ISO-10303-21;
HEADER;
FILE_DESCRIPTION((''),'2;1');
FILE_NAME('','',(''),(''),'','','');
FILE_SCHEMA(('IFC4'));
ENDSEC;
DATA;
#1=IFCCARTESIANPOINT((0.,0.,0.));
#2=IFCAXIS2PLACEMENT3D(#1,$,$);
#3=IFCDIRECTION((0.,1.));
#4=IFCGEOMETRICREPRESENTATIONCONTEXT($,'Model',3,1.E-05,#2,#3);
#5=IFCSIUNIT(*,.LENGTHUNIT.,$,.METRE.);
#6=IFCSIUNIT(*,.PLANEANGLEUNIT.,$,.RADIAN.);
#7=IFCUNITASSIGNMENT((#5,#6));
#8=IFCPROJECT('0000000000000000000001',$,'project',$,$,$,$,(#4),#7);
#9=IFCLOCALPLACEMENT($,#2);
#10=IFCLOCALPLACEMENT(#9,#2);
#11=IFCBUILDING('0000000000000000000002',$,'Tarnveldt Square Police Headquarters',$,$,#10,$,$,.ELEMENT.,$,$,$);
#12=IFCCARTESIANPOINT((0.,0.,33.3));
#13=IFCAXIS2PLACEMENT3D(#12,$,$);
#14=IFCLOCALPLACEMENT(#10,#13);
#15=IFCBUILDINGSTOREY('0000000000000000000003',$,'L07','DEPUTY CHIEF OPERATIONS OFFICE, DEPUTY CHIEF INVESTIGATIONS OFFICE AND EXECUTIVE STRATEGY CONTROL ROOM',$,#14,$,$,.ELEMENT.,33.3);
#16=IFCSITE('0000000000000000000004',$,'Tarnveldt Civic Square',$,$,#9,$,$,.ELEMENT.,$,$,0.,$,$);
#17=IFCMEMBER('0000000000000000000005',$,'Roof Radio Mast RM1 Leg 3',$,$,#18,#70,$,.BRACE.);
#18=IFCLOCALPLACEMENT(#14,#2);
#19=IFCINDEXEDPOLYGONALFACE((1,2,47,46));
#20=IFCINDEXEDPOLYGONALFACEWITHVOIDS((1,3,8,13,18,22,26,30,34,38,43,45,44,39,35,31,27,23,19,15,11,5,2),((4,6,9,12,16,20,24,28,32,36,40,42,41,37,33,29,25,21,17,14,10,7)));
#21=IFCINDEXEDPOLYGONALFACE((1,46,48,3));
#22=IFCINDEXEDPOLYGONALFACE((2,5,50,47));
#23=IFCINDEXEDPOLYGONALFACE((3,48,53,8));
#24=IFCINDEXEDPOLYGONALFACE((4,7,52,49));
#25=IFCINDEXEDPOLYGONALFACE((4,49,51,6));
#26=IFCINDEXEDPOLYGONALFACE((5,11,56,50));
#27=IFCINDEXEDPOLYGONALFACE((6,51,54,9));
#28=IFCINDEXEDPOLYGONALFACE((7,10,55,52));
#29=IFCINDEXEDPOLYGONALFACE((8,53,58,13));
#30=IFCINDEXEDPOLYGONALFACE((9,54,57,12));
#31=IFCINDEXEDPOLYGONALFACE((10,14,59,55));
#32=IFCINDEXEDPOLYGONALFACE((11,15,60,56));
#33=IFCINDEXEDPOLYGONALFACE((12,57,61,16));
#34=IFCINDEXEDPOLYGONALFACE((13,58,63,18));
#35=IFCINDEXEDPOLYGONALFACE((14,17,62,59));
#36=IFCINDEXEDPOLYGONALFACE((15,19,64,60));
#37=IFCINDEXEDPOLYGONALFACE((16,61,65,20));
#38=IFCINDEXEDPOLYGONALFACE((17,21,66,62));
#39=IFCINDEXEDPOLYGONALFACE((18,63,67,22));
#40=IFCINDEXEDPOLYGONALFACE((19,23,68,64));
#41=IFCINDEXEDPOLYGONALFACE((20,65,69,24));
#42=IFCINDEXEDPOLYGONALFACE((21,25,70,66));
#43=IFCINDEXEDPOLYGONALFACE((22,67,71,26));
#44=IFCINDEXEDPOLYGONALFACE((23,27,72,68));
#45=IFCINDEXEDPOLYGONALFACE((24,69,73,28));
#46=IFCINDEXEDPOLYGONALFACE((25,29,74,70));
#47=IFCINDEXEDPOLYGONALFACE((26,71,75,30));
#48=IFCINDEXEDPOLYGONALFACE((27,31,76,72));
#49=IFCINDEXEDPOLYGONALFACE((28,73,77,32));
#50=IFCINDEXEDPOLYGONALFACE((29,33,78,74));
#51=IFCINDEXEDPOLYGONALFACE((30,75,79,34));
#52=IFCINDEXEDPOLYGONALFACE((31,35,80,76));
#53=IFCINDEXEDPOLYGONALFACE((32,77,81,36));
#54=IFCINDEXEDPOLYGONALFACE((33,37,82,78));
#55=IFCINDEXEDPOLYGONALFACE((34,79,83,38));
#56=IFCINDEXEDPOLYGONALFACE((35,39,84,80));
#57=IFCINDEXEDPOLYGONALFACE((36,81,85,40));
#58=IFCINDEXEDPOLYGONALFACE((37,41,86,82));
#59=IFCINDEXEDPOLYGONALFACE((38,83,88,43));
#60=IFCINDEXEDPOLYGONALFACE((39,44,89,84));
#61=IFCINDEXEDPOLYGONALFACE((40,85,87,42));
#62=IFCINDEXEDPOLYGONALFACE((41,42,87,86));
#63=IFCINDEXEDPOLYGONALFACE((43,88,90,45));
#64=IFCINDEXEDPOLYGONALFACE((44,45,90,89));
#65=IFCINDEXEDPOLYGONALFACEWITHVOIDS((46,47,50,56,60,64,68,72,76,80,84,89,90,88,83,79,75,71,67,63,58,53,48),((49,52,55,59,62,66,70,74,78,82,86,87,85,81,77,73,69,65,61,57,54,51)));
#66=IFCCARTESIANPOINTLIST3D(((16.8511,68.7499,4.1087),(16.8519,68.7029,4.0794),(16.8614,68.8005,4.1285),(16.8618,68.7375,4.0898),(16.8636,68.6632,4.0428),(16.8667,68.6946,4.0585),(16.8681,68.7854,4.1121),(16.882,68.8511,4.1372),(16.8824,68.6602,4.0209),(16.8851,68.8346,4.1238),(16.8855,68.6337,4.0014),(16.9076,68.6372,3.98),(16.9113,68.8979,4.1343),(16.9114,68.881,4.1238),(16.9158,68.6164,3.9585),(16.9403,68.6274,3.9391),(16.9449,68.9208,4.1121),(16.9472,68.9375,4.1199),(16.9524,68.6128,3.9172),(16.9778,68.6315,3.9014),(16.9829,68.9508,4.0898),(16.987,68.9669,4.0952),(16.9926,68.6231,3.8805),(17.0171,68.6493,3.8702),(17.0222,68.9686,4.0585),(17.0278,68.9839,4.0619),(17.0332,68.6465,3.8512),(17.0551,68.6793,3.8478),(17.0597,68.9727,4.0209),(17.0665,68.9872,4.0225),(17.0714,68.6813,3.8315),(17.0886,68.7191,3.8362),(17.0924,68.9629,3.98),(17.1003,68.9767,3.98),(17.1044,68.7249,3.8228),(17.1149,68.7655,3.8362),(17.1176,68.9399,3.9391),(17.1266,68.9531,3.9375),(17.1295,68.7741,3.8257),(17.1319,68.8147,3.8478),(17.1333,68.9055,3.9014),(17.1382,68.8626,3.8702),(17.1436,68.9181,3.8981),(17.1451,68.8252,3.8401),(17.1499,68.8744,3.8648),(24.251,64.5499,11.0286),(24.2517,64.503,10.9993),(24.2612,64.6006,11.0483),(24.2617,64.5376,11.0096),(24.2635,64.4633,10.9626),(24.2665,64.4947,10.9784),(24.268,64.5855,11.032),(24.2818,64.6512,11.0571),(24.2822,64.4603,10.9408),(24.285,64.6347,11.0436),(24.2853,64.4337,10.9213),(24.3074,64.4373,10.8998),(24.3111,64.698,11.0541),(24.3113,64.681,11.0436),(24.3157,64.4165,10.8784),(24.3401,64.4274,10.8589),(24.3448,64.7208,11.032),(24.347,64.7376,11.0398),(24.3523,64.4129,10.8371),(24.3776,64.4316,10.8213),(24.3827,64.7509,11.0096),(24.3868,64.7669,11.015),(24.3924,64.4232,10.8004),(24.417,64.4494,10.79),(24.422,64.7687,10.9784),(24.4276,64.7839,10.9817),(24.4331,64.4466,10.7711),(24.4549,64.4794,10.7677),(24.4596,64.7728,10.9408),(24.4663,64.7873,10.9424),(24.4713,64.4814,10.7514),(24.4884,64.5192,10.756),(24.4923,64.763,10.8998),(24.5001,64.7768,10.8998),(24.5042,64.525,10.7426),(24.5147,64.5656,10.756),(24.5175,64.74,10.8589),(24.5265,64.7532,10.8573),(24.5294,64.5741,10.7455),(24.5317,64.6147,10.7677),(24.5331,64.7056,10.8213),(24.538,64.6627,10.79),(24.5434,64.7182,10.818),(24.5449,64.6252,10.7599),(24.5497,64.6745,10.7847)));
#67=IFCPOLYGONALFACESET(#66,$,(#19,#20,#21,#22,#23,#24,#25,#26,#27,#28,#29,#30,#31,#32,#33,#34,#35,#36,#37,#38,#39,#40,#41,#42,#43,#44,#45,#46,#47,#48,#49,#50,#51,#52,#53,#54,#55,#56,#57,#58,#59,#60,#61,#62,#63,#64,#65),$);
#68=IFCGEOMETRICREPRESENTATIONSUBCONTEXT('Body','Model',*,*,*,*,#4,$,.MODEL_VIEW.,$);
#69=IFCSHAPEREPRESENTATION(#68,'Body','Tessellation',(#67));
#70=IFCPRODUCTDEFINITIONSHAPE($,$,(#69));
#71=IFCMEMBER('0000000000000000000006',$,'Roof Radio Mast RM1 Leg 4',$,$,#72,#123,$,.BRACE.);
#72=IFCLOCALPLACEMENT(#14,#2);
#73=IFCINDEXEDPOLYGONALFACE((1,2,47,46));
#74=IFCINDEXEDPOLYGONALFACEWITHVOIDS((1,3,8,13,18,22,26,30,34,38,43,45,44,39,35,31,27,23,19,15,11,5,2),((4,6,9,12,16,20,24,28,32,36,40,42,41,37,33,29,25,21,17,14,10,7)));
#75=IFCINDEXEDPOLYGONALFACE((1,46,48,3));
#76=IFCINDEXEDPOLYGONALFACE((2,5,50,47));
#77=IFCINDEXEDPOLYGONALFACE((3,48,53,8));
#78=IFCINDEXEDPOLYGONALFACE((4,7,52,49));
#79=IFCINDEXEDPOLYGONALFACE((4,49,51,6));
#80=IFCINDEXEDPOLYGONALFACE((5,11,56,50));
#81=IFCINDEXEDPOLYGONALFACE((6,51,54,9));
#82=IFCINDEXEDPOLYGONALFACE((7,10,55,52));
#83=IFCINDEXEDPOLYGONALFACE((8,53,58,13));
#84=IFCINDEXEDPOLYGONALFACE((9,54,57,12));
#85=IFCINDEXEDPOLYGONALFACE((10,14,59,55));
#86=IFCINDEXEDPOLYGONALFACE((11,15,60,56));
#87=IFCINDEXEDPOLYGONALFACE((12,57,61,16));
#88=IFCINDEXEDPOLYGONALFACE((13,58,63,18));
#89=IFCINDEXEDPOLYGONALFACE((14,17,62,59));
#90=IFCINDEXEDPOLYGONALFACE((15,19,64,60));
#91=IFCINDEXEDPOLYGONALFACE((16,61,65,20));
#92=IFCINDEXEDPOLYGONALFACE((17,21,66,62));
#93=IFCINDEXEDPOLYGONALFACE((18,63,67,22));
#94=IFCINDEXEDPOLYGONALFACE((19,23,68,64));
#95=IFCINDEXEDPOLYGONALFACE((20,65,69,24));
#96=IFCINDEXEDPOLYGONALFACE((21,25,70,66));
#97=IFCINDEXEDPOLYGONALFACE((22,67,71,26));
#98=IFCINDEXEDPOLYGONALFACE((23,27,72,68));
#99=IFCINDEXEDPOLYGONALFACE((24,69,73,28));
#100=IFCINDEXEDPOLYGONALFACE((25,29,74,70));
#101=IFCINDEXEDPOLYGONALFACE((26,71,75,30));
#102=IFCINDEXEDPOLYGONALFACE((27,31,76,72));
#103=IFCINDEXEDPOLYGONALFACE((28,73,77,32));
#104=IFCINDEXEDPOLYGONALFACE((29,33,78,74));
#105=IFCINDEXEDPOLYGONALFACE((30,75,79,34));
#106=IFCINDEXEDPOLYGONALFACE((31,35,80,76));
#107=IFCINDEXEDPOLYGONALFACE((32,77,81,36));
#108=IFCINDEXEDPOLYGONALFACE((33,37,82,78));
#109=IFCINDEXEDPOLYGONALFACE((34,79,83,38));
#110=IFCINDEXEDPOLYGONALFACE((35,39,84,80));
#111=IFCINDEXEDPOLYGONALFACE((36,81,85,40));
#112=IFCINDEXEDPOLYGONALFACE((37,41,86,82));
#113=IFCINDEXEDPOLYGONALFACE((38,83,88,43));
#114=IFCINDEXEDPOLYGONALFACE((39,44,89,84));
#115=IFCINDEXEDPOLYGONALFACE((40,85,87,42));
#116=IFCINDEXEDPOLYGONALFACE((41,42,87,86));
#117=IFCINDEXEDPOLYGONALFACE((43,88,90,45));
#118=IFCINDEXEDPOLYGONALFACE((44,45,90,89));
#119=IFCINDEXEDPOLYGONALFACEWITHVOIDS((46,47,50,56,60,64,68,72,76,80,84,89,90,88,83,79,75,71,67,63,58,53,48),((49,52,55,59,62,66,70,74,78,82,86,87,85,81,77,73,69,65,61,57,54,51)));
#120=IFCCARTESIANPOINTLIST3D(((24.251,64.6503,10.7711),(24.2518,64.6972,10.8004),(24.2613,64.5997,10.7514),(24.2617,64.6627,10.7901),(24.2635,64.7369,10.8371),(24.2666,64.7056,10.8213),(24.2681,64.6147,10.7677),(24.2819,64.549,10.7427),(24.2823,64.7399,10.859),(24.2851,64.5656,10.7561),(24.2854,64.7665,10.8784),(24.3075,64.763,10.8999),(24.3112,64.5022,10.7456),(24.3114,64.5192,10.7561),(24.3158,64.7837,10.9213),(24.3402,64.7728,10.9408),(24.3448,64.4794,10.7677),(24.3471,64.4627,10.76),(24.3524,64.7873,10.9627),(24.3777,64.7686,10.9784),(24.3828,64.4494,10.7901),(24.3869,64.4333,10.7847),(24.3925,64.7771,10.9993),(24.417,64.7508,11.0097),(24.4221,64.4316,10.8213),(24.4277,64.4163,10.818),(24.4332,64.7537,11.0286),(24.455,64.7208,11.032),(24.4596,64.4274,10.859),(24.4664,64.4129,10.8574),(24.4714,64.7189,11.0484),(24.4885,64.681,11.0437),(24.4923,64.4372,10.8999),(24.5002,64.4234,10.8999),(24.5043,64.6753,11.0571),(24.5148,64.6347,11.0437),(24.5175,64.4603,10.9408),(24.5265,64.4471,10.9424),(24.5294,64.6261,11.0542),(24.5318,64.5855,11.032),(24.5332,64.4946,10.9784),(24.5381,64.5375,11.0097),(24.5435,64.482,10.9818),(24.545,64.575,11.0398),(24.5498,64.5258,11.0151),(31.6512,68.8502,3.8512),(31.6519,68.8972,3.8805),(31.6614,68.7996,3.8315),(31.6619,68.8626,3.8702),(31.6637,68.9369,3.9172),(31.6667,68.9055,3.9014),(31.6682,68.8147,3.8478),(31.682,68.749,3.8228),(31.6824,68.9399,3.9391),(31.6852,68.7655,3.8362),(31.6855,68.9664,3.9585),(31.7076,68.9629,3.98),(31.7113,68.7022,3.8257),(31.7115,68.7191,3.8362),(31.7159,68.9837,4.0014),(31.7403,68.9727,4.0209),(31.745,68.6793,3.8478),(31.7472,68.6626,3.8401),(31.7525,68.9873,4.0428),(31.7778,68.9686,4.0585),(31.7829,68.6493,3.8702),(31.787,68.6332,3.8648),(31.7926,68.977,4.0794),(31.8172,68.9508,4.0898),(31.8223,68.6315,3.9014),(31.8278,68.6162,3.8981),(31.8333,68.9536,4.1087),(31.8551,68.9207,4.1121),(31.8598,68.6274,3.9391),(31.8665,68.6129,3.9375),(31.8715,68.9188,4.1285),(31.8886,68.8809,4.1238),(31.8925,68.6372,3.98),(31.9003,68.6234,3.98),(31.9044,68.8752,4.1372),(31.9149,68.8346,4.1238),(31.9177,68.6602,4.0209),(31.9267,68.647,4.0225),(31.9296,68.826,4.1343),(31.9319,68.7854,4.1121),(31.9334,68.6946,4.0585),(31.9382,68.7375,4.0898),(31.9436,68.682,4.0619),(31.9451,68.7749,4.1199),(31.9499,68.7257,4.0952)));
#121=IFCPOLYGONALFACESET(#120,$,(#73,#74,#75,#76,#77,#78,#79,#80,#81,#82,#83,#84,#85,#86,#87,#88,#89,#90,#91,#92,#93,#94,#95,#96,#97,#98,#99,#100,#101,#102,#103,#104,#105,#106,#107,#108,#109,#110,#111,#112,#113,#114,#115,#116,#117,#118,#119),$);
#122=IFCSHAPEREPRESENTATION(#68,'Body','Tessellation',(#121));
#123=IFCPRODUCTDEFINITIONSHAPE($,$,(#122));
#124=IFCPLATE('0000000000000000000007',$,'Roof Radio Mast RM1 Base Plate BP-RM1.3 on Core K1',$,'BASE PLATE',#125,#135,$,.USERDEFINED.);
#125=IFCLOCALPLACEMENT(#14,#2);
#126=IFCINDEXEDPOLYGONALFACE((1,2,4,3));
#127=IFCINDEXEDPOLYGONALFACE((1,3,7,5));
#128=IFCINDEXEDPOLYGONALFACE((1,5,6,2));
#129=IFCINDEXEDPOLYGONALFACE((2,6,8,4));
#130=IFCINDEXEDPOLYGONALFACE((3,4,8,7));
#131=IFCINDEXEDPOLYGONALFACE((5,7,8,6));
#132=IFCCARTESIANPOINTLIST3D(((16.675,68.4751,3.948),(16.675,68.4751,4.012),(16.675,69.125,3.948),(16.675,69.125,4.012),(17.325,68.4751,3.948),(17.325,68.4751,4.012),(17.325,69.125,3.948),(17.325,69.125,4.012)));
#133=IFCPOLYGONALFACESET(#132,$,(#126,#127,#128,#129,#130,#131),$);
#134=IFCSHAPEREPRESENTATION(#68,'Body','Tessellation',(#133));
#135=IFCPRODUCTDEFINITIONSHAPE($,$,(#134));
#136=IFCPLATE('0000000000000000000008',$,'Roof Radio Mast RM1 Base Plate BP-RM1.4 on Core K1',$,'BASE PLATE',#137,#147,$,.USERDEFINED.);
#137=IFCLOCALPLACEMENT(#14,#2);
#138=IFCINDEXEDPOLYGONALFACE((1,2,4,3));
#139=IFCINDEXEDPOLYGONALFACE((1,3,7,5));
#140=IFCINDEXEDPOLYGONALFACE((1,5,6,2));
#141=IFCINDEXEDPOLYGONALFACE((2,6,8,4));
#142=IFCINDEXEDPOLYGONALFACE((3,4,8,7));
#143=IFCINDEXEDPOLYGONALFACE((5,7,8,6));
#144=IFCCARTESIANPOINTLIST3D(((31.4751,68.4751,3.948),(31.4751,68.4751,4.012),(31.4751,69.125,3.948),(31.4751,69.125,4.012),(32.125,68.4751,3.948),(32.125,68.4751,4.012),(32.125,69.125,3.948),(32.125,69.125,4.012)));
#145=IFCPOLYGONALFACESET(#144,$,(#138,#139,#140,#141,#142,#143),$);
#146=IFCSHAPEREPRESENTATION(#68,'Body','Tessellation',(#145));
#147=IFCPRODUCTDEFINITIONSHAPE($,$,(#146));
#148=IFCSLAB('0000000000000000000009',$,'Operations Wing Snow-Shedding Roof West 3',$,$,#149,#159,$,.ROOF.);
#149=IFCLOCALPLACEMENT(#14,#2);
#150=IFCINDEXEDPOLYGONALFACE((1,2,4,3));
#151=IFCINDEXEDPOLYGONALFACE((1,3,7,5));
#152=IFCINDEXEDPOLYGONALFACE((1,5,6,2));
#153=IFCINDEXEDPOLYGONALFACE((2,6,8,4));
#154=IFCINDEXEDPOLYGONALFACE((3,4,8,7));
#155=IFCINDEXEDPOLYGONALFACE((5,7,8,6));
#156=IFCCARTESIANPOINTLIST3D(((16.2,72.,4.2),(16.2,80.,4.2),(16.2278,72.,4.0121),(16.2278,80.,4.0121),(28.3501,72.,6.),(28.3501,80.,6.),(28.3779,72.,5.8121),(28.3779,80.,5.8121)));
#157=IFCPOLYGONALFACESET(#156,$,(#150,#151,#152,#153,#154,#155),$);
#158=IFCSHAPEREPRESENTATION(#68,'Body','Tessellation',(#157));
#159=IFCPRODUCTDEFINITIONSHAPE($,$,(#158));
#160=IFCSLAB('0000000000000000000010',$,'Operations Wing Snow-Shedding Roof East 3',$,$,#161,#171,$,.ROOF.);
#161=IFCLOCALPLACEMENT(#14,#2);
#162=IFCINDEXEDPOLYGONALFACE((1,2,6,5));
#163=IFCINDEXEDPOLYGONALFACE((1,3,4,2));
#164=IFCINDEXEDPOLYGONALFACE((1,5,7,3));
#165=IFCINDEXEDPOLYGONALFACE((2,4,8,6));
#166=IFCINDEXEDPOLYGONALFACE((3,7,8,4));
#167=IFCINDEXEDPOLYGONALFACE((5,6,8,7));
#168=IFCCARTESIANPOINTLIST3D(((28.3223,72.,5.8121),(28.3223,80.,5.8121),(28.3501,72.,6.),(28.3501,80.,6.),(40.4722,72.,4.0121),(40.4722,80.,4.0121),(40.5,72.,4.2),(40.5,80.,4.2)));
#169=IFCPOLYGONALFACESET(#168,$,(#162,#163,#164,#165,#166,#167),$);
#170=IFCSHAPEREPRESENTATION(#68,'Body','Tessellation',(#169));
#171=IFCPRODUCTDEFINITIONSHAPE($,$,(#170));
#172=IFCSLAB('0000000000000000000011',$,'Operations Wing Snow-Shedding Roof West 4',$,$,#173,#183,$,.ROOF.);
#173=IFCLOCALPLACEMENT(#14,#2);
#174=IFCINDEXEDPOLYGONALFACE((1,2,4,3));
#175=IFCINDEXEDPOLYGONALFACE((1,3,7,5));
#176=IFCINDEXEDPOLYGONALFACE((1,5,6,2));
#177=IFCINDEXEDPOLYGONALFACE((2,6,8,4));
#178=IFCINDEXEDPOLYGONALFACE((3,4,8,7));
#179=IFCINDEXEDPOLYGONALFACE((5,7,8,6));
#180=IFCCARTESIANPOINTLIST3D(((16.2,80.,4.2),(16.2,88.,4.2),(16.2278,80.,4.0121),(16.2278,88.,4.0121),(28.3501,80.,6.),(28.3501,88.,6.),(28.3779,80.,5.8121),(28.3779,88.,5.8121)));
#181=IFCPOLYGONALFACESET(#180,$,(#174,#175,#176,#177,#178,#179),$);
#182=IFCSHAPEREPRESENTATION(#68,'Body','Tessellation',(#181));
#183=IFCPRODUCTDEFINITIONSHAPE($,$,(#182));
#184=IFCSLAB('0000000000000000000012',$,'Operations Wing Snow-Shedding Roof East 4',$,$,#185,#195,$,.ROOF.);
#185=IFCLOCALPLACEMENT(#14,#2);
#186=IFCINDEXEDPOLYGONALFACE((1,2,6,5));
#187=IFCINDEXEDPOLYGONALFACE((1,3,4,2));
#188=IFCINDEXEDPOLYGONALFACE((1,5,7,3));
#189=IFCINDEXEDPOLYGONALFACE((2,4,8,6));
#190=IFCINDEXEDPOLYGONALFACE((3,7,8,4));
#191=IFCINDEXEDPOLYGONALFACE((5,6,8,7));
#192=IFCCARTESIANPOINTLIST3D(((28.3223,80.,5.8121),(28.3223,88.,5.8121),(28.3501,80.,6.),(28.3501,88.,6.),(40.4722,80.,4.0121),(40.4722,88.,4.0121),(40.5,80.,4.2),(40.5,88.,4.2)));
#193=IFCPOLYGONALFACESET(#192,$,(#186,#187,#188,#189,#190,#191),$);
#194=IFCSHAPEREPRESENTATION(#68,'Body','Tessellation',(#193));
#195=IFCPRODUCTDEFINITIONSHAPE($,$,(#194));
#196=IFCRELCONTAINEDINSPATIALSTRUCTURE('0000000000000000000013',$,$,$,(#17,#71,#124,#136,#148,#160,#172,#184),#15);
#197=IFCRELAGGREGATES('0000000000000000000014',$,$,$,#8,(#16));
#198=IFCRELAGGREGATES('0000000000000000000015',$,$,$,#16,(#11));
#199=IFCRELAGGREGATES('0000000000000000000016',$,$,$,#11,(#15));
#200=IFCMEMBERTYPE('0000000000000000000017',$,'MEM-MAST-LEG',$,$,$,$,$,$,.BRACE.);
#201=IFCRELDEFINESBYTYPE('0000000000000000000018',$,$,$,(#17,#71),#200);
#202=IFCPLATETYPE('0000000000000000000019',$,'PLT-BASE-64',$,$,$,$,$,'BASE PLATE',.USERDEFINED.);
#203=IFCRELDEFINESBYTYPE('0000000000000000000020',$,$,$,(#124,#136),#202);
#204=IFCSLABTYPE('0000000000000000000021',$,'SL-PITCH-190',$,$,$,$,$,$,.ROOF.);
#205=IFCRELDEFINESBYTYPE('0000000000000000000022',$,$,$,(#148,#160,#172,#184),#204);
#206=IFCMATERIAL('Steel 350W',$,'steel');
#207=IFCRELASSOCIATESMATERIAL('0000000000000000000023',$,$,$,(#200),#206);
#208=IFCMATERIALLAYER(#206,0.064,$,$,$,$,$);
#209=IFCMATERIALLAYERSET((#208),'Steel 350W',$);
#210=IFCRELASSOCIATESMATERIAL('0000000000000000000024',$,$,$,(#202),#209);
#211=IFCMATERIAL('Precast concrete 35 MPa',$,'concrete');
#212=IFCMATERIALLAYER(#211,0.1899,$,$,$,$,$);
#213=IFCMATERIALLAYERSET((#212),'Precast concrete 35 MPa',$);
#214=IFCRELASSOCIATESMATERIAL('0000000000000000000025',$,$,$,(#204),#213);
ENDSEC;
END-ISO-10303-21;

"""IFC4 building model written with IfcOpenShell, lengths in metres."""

from ifc_helpers import new_model, si_unit, direction, frame, origin, origin_2d, place, context, subcontext, project, spatial, polyline, rectangle, hollow_circle, outline, extrude, material, layer, layer_set, material_profile, profile_set, type_object, element, save


model = new_model("IFC4")

# Units and contexts
model_context = context("Model", 3, precision=1e-05, world=origin(), true_north=direction((0.0, 1.0)))
body_context = subcontext(model_context, "Body", "Model", "MODEL_VIEW")
ifc_project = project(units=[si_unit("LENGTHUNIT", "METRE"), si_unit("PLANEANGLEUNIT", "RADIAN")], contexts=[model_context])

# Site, building, storey
site_placement = place(None, origin())
site = spatial("IfcSite", under=ifc_project, at=site_placement, Name="Tarnveldt Civic Square", CompositionType="ELEMENT", RefElevation=0.0)
building_placement = place(site_placement, origin())
building = spatial("IfcBuilding", under=site, at=building_placement, Name="Tarnveldt Square Police Headquarters", CompositionType="ELEMENT")
storey_placement = place(building_placement, frame((0.0, 0.0, 33.3)))
storey = spatial("IfcBuildingStorey", under=building, at=storey_placement, Name="L07", Description="DEPUTY CHIEF OPERATIONS OFFICE, DEPUTY CHIEF INVESTIGATIONS OFFICE AND EXECUTIVE STRATEGY CONTROL ROOM", CompositionType="ELEMENT", Elevation=33.3)

# Shared definitions
ifc_material_1 = material(Name="Steel 350W", Category="steel")

# Members
ifc_material_profile_1 = material_profile(ifc_material_1, hollow_circle(Radius=0.2031, WallThickness=0.0159, at=origin_2d()), Name="HSS406x16")
ifc_profile_set_1 = profile_set([ifc_material_profile_1], Name="Steel 350W")
member_type_1 = type_object("IfcMemberType", Name="MEM-MAST-LEG", PredefinedType="BRACE", material=ifc_profile_set_1)
member_1_placement = place(storey_placement, frame((17.0, 68.8, 3.98), z_axis=(0.674719, -0.382949, 0.630955), x_axis=(0.493606, 0.869686, 0.0)))
element("IfcMember", 1, at=member_1_placement, inside=storey, type_object=member_type_1, Name="Roof Radio Mast RM1 Leg 3", PredefinedType="BRACE", context=body_context, shape_type="SweptSolid", body=[
    extrude(hollow_circle(Radius=0.2031, WallThickness=0.0159, at=origin_2d()), origin(), (0.0, 0.0, 1.0), 10.9673),
])
member_2_placement = place(storey_placement, frame((31.8, 68.8, 3.98), z_axis=(-0.674731, -0.382944, 0.630945), x_axis=(0.493594, -0.869693, 0.0)))
element("IfcMember", 2, at=member_2_placement, inside=storey, type_object=member_type_1, Name="Roof Radio Mast RM1 Leg 4", PredefinedType="BRACE", context=body_context, shape_type="SweptSolid", body=[
    extrude(hollow_circle(Radius=0.2031, WallThickness=0.0159, at=origin_2d()), origin(), (0.0, 0.0, 1.0), 10.9675),
])

# Plates
ifc_layer_1 = layer(ifc_material_1, 0.064)
ifc_layer_set_1 = layer_set([ifc_layer_1], Name="Steel 350W")
plate_type = type_object("IfcPlateType", Name="PLT-BASE-64", ElementType="BASE PLATE", PredefinedType="USERDEFINED", material=ifc_layer_set_1)
for number, where, z_axis, x_axis, name in (
    (3, (17.0, 68.8, 3.948), (0.0, 0.0, 1.0), (1.0, 0.0, 0.0), "Roof Radio Mast RM1 Base Plate BP-RM1.3 on Core K1"),
    (4, (31.8, 68.8, 3.948), (0.0, 0.0, 1.0), (1.0, 0.0, 0.0), "Roof Radio Mast RM1 Base Plate BP-RM1.4 on Core K1"),
):
    element("IfcPlate", number, at=place(storey_placement, frame(where, z_axis=z_axis, x_axis=x_axis)), inside=storey, type_object=plate_type, Name=name, ObjectType="BASE PLATE", PredefinedType="USERDEFINED", context=body_context, shape_type="SweptSolid", body=[
        extrude(rectangle(XDim=0.6499, YDim=0.6499, at=origin_2d()), origin(), (0.0, 0.0, 1.0), 0.064),
    ])

# Slabs
ifc_material_2 = material(Name="Precast concrete 35 MPa", Category="concrete")
ifc_layer_2 = layer(ifc_material_2, 0.1899)
ifc_layer_set_2 = layer_set([ifc_layer_2], Name="Precast concrete 35 MPa")
slab_type = type_object("IfcSlabType", Name="SL-PITCH-190", PredefinedType="ROOF", material=ifc_layer_set_2)
slab_1_placement = place(storey_placement, frame((16.2, 72.0, 4.2), z_axis=(-0.146551, 0.0, 0.989203), x_axis=(0.0, 1.0, 0.0)))
element("IfcSlab", 5, at=slab_1_placement, inside=storey, type_object=slab_type, Name="Operations Wing Snow-Shedding Roof West 3", PredefinedType="ROOF", context=body_context, shape_type="SweptSolid", body=[
    extrude(outline(polyline([(0.0, 0.0), (8.0, 0.0), (8.0, -12.2828), (0.0, -12.2828), (0.0, 0.0)])), origin(), (0.0, 0.0, -1.0), 0.1899),
])
slab_2_placement = place(storey_placement, frame((28.3501, 72.0, 6.0), z_axis=(0.146554, 0.0, 0.989203), x_axis=(0.0, 1.0, 0.0)))
element("IfcSlab", 6, at=slab_2_placement, inside=storey, type_object=slab_type, Name="Operations Wing Snow-Shedding Roof East 3", PredefinedType="ROOF", context=body_context, shape_type="SweptSolid", body=[
    extrude(outline(polyline([(0.0, 0.0), (8.0, 0.0), (8.0, -12.2825), (0.0, -12.2825), (0.0, 0.0)])), origin(), (0.0, 0.0, -1.0), 0.1899),
])
slab_3_placement = place(storey_placement, frame((16.2, 80.0, 4.2), z_axis=(-0.146551, 0.0, 0.989203), x_axis=(0.0, 1.0, 0.0)))
element("IfcSlab", 7, at=slab_3_placement, inside=storey, type_object=slab_type, Name="Operations Wing Snow-Shedding Roof West 4", PredefinedType="ROOF", context=body_context, shape_type="SweptSolid", body=[
    extrude(outline(polyline([(0.0, 0.0), (8.0, 0.0), (8.0, -12.2828), (0.0, -12.2828), (0.0, 0.0)])), origin(), (0.0, 0.0, -1.0), 0.1899),
])
slab_4_placement = place(storey_placement, frame((28.3501, 80.0, 6.0), z_axis=(0.146554, 0.0, 0.989203), x_axis=(0.0, 1.0, 0.0)))
element("IfcSlab", 8, at=slab_4_placement, inside=storey, type_object=slab_type, Name="Operations Wing Snow-Shedding Roof East 4", PredefinedType="ROOF", context=body_context, shape_type="SweptSolid", body=[
    extrude(outline(polyline([(0.0, 0.0), (8.0, 0.0), (8.0, -12.2825), (0.0, -12.2825), (0.0, 0.0)])), origin(), (0.0, 0.0, -1.0), 0.1899),
])

save(model, "model.ifc")
